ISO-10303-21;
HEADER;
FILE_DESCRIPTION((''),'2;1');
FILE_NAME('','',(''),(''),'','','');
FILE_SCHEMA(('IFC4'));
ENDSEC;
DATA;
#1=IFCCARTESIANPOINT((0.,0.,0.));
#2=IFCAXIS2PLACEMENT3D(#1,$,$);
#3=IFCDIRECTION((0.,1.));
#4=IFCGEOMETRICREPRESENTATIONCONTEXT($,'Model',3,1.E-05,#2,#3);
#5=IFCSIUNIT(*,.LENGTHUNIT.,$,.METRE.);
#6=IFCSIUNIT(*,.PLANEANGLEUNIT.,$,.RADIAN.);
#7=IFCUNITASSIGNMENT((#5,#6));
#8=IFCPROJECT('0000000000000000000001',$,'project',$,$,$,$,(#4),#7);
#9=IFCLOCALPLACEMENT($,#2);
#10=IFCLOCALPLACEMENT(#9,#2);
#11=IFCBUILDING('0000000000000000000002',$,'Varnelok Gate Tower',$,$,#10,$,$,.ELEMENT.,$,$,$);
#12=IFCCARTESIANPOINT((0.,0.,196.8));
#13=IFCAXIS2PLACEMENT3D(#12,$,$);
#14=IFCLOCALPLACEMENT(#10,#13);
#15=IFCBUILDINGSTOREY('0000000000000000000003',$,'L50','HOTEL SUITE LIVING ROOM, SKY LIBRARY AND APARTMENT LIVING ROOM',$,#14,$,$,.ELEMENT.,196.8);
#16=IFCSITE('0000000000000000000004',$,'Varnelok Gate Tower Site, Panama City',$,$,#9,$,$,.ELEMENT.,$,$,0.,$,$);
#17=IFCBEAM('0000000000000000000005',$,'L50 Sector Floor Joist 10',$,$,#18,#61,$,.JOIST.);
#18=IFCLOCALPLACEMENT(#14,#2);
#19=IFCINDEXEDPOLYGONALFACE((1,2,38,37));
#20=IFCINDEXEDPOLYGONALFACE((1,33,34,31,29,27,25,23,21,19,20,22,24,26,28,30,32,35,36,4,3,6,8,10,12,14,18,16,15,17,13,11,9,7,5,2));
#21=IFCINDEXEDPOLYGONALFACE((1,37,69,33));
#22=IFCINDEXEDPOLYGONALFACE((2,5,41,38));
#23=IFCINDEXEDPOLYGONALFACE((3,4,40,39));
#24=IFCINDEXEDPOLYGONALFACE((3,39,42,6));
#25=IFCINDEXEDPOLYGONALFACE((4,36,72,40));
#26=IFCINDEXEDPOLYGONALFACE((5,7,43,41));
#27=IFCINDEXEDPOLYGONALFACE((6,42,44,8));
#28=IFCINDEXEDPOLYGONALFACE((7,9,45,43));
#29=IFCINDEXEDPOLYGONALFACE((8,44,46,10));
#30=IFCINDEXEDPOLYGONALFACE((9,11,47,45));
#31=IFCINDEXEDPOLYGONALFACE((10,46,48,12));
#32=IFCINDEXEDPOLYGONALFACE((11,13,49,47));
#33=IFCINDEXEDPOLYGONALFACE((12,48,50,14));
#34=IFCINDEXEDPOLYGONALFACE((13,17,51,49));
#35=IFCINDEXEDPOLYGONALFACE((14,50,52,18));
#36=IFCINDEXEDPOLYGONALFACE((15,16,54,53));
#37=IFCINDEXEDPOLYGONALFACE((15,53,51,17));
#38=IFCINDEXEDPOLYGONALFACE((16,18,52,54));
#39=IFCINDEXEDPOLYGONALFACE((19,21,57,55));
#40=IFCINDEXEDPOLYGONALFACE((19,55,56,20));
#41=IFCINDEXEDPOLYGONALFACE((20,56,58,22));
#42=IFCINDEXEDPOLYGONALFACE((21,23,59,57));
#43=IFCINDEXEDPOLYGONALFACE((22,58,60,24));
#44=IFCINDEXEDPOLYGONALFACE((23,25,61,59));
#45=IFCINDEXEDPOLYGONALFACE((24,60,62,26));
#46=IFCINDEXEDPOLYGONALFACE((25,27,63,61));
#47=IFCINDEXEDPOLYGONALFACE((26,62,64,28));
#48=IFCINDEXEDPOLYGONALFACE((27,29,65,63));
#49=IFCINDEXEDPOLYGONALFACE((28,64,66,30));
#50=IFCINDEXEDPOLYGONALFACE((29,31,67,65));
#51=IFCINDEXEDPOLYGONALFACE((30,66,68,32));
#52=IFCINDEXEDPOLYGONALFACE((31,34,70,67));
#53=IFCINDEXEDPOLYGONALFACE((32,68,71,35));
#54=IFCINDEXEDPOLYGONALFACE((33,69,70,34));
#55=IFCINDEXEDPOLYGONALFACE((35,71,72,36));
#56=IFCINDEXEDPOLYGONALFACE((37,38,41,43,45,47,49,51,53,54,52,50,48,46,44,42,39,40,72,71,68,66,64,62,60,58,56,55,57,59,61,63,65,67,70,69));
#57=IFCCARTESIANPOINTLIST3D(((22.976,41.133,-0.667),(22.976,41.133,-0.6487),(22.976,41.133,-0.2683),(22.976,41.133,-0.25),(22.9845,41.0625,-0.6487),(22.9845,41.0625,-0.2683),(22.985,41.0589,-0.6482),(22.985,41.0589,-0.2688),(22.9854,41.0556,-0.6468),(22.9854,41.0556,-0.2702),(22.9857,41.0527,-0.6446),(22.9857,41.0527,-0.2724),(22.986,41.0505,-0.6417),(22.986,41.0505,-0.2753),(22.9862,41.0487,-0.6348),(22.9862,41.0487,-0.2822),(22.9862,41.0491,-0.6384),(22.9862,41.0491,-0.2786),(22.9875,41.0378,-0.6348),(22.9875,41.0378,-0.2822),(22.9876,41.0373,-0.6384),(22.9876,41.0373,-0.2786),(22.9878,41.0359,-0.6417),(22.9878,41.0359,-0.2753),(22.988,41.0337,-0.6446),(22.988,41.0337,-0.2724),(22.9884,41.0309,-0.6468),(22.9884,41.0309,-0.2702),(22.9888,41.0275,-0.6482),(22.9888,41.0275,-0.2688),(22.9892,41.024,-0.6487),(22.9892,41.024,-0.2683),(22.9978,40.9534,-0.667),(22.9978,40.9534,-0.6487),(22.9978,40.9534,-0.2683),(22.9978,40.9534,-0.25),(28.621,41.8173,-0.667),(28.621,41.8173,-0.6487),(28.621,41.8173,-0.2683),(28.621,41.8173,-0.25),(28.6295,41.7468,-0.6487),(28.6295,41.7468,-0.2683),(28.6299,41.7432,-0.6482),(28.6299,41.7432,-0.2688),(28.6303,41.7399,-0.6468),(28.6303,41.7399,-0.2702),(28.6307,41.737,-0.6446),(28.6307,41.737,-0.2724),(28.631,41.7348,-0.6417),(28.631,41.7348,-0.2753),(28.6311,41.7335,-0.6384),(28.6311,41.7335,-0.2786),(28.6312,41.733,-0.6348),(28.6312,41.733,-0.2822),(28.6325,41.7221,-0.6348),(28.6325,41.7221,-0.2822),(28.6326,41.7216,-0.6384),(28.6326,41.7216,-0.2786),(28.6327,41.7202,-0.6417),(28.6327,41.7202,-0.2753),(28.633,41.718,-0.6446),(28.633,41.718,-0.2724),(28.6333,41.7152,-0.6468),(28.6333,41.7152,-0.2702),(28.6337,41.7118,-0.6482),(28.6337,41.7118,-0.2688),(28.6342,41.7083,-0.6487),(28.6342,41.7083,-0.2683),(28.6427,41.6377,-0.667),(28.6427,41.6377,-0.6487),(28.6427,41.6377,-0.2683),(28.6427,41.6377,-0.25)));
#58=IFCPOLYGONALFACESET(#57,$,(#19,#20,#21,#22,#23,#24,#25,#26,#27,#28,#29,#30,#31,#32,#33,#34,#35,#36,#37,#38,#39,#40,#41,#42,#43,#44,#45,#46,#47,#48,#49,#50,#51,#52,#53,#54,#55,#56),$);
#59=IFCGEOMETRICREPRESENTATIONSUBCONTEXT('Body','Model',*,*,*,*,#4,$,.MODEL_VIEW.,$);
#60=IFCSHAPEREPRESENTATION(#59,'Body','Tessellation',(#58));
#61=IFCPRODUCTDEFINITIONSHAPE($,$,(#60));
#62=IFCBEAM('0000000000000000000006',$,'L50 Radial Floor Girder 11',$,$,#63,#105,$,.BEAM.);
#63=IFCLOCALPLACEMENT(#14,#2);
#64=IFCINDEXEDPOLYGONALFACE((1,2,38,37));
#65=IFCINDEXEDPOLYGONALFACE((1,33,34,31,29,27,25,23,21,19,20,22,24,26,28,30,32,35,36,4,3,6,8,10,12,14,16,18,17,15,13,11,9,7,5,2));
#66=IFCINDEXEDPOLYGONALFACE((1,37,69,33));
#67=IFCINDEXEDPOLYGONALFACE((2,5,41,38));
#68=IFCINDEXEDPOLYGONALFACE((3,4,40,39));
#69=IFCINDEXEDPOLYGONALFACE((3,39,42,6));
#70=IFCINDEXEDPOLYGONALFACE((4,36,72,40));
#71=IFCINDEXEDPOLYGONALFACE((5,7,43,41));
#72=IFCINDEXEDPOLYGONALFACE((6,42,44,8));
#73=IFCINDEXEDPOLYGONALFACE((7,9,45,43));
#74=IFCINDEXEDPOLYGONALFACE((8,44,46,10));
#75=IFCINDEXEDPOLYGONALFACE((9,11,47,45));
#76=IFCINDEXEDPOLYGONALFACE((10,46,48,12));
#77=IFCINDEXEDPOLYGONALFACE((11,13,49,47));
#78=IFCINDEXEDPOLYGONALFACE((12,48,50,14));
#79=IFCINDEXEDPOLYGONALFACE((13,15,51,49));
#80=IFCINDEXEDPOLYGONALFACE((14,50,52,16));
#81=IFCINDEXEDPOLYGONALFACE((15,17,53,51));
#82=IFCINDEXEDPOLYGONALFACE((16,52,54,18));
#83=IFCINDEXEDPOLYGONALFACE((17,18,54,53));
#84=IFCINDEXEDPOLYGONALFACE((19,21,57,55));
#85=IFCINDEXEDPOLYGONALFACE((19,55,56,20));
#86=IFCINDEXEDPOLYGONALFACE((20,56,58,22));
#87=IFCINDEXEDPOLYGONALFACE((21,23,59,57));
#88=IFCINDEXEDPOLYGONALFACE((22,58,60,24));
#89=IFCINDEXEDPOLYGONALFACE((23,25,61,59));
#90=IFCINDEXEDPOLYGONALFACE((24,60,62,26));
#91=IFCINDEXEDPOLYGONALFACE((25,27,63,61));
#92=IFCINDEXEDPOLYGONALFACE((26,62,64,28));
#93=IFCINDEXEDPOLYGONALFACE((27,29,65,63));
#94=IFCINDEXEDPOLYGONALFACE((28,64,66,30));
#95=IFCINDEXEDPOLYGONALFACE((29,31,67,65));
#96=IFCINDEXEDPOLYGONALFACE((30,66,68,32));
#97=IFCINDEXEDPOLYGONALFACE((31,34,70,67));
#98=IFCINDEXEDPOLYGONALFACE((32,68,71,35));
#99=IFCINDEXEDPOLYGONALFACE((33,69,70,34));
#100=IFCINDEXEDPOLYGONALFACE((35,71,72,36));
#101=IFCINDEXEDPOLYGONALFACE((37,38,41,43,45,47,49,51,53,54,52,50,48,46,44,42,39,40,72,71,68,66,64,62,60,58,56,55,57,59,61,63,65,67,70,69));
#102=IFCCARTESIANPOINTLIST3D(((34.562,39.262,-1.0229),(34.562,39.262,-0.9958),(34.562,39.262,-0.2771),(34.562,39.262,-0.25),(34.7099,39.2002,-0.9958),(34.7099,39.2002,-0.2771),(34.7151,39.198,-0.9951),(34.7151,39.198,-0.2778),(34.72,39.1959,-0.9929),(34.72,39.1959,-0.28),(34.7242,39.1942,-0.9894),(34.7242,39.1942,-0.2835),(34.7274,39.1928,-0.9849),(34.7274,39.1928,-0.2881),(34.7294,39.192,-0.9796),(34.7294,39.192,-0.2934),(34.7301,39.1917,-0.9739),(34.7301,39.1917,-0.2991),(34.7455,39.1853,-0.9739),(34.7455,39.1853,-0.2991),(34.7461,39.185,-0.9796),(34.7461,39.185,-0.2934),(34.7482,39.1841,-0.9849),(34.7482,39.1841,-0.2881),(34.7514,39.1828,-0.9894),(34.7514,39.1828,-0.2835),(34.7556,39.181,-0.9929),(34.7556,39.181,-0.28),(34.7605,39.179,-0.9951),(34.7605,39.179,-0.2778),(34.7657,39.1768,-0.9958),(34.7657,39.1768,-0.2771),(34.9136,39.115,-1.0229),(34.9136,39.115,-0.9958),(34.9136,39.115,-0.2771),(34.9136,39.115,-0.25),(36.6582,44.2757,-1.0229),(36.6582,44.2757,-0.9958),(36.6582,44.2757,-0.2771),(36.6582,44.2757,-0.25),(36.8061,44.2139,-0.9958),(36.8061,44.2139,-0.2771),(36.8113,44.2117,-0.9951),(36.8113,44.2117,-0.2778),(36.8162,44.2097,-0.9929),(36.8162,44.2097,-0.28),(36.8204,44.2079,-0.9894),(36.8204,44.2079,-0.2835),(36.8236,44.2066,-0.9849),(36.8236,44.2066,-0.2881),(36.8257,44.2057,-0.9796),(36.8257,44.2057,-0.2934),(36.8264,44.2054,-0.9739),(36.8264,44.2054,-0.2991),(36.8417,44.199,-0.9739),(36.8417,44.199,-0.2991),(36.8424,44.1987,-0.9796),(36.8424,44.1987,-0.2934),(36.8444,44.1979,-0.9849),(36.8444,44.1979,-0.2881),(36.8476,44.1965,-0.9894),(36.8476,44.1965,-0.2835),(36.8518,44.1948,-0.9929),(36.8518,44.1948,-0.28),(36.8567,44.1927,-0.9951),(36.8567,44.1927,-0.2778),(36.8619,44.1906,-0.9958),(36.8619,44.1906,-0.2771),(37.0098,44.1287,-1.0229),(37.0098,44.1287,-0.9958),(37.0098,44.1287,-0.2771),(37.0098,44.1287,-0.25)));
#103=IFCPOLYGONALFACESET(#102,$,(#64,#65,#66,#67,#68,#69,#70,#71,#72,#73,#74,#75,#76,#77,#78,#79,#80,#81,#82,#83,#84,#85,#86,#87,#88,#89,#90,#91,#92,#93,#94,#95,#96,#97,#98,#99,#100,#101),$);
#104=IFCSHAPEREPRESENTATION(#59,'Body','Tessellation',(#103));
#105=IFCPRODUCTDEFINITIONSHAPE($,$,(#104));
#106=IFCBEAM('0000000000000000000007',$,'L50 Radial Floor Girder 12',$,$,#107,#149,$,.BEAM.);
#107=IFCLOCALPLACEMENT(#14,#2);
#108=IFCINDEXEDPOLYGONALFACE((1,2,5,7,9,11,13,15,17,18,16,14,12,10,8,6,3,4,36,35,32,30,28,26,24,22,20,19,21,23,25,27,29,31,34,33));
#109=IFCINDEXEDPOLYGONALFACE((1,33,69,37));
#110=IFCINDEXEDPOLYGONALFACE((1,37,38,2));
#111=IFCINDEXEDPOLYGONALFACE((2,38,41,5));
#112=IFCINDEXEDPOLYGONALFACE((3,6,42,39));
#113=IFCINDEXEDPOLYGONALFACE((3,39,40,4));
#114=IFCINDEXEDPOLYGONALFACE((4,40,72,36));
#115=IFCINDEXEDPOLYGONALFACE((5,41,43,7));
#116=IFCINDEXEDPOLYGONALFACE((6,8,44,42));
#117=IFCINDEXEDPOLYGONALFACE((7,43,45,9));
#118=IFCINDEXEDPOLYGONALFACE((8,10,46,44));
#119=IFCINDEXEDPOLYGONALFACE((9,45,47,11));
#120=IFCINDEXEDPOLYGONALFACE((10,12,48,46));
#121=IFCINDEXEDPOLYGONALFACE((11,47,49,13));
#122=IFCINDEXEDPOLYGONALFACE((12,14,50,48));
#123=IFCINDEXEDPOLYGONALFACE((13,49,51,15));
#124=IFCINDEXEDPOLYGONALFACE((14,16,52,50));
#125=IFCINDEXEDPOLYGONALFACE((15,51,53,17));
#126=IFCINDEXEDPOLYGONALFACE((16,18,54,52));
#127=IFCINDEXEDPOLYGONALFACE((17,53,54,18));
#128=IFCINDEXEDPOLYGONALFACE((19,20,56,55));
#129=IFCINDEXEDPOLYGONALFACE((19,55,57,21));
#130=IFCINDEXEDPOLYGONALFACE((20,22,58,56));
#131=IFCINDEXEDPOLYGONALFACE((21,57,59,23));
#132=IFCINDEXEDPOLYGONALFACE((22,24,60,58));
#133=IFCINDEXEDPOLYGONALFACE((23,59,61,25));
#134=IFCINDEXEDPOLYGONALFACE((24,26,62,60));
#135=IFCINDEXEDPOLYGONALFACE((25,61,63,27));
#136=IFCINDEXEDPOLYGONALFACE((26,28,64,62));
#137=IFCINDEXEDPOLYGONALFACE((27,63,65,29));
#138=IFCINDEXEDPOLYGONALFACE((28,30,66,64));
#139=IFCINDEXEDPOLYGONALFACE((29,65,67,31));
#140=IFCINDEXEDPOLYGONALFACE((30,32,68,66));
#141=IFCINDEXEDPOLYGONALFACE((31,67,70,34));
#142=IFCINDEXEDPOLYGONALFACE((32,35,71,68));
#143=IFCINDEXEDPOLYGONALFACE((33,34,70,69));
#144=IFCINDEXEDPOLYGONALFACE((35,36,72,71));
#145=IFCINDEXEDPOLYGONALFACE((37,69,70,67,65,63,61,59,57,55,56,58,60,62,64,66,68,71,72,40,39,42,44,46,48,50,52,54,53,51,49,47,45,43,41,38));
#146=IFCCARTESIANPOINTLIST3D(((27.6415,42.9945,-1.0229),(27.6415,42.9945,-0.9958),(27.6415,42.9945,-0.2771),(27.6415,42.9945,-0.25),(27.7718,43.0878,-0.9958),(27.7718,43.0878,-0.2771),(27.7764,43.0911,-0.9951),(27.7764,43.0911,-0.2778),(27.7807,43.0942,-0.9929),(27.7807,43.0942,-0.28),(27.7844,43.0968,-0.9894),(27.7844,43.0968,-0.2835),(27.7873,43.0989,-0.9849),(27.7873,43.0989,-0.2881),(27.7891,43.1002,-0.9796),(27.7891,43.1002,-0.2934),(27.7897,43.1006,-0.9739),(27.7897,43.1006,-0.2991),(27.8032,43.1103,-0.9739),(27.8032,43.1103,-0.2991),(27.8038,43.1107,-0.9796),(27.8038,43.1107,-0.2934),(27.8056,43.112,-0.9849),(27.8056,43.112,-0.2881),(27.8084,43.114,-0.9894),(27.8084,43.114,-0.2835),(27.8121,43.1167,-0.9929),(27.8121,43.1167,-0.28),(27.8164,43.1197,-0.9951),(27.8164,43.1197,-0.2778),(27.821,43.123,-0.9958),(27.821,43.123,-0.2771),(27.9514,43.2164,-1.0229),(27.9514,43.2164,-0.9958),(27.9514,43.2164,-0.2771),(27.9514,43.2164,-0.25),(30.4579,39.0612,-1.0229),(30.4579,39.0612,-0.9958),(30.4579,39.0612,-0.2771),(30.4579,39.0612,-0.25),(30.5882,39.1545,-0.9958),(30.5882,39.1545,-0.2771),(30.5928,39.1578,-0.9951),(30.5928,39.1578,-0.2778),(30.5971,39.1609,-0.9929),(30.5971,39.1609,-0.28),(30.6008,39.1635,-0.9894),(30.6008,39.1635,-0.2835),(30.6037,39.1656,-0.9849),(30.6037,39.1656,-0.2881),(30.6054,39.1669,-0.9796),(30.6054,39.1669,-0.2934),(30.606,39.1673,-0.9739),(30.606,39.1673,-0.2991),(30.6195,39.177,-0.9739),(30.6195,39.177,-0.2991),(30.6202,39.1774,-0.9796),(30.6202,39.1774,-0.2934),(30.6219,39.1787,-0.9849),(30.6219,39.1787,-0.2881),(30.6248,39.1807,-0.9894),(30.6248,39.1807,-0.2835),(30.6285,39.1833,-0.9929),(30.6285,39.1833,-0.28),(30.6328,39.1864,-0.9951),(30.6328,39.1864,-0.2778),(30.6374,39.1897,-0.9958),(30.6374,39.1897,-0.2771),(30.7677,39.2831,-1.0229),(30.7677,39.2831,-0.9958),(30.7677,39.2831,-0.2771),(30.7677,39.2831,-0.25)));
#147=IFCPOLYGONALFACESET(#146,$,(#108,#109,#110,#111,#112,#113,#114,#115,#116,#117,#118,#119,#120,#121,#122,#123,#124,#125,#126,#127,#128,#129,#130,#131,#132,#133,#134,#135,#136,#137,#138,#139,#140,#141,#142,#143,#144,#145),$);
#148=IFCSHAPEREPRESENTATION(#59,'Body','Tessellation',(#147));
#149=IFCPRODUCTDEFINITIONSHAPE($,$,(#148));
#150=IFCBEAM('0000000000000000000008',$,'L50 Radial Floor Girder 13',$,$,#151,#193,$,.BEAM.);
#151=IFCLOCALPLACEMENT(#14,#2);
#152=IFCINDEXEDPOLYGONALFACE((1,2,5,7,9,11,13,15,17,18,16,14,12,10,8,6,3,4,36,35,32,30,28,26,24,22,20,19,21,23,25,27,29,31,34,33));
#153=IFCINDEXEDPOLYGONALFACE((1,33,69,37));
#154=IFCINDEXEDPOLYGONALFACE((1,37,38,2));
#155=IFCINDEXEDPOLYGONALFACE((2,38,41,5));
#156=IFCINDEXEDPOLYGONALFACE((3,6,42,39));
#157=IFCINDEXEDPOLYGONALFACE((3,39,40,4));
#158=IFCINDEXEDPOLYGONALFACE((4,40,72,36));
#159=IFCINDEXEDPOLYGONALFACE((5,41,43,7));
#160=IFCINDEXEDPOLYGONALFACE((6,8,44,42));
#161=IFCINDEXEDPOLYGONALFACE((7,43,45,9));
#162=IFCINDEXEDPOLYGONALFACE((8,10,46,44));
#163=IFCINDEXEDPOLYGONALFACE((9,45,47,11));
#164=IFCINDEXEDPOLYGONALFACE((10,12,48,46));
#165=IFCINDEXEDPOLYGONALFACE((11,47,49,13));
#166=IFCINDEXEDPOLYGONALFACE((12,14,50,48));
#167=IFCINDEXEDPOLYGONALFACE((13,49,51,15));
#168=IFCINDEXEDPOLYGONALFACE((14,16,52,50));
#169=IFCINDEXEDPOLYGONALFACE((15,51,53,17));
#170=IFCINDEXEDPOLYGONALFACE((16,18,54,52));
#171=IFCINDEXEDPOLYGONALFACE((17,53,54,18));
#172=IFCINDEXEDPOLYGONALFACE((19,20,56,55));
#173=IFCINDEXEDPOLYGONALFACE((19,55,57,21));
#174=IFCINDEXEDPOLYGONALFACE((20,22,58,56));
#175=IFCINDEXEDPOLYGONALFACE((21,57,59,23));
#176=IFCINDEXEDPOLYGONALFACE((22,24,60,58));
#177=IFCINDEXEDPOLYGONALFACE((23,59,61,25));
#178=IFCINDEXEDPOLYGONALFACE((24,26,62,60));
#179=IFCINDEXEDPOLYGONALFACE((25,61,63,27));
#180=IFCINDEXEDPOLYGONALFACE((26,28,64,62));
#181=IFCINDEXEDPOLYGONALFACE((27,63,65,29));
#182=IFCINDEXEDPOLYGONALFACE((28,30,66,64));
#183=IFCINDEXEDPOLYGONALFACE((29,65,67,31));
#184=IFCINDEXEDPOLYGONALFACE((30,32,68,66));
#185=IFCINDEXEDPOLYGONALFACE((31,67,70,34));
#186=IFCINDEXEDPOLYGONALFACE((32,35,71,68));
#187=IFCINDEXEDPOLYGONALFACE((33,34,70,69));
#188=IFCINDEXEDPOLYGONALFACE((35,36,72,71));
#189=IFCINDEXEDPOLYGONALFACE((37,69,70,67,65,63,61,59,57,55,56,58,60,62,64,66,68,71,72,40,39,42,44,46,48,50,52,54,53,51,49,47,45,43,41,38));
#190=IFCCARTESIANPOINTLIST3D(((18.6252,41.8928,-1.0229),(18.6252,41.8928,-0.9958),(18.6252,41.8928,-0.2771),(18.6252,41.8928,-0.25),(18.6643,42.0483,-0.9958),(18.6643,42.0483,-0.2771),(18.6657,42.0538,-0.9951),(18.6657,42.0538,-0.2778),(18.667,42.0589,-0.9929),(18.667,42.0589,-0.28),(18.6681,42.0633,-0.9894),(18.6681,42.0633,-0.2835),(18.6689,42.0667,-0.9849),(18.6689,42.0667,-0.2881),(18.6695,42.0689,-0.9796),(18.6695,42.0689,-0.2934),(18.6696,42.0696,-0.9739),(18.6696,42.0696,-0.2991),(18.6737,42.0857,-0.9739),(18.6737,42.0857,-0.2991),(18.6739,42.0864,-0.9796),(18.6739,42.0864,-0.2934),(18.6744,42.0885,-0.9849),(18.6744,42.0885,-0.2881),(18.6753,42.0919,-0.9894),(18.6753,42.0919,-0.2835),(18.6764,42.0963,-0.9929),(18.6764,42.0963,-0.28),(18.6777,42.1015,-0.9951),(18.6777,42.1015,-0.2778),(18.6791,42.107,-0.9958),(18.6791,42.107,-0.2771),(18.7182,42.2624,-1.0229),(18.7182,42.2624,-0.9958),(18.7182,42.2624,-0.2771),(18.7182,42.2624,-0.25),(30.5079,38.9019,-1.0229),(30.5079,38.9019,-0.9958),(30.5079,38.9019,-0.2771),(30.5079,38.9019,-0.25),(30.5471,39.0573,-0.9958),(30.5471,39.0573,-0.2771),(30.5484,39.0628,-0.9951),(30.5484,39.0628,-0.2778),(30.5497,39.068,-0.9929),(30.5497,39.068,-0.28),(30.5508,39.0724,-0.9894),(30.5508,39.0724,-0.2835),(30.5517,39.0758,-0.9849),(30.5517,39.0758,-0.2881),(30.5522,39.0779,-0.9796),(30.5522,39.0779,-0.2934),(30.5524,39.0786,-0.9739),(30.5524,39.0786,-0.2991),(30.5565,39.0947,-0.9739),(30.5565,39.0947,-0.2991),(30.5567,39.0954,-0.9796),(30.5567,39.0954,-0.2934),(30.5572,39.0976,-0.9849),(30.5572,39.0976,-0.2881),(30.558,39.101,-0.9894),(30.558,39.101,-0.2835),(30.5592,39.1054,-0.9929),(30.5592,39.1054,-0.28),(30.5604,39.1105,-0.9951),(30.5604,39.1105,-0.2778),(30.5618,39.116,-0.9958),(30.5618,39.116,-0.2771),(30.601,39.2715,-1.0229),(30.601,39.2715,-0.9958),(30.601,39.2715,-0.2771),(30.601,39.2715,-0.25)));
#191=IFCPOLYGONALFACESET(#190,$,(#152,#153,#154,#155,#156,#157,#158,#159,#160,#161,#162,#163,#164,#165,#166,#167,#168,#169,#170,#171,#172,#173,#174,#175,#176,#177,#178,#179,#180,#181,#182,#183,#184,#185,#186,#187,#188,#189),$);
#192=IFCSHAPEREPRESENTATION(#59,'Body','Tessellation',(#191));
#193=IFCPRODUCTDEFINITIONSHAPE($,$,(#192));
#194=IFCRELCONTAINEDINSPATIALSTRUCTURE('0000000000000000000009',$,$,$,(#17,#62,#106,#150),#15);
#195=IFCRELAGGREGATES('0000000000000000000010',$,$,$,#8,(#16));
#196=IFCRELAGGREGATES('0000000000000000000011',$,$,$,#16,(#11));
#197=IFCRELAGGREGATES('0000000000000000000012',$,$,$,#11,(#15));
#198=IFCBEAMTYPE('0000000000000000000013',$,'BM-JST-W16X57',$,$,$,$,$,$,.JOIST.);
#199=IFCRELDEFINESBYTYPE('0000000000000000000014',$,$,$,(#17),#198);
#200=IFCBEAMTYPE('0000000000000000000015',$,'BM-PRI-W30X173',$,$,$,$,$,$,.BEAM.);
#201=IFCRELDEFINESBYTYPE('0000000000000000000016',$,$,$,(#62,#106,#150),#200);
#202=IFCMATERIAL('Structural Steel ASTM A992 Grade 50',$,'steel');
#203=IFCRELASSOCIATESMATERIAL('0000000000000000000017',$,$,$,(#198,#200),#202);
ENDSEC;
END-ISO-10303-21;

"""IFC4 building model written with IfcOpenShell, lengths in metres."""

from ifc_helpers import new_model, si_unit, direction, frame, origin, origin_2d, place, context, subcontext, project, spatial, i_section, extrude, material, material_profile, profile_set, type_object, element, save


model = new_model("IFC4")

# Units and contexts
model_context = context("Model", 3, precision=1e-05, world=origin(), true_north=direction((0.0, 1.0)))
body_context = subcontext(model_context, "Body", "Model", "MODEL_VIEW")
ifc_project = project(units=[si_unit("LENGTHUNIT", "METRE"), si_unit("PLANEANGLEUNIT", "RADIAN")], contexts=[model_context])

# Site, building, storey
site_placement = place(None, origin())
site = spatial("IfcSite", under=ifc_project, at=site_placement, Name="Varnelok Gate Tower Site, Panama City", CompositionType="ELEMENT", RefElevation=0.0)
building_placement = place(site_placement, origin())
building = spatial("IfcBuilding", under=site, at=building_placement, Name="Varnelok Gate Tower", CompositionType="ELEMENT")
storey_placement = place(building_placement, frame((0.0, 0.0, 196.8)))
storey = spatial("IfcBuildingStorey", under=building, at=storey_placement, Name="L50", Description="HOTEL SUITE LIVING ROOM, SKY LIBRARY AND APARTMENT LIVING ROOM", CompositionType="ELEMENT", Elevation=196.8)

# Shared definitions
ifc_material_1 = material(Name="Structural Steel ASTM A992 Grade 50", Category="steel")

# Beams
ifc_material_profile_1 = material_profile(ifc_material_1, i_section(OverallWidth=0.1809, OverallDepth=0.417, WebThickness=0.011, FlangeThickness=0.0183, FilletRadius=0.0139, at=origin_2d()), Name="W16X57")
ifc_profile_set_1 = profile_set([ifc_material_profile_1], Name="Structural Steel ASTM A992 Grade 50")
beam_type_1 = type_object("IfcBeamType", Name="BM-JST-W16X57", PredefinedType="JOIST", material=ifc_profile_set_1)
beam_1_placement = place(storey_placement, frame((28.6318, 41.7275, -0.4585), z_axis=(-0.992732, -0.120345, 0.0), x_axis=(0.120345, -0.992732, 0.0)))
element("IfcBeam", 1, at=beam_1_placement, inside=storey, type_object=beam_type_1, Name="L50 Sector Floor Joist 10", PredefinedType="JOIST", context=body_context, shape_type="SweptSolid", body=[
    extrude(i_section(OverallWidth=0.1809, OverallDepth=0.417, WebThickness=0.011, FlangeThickness=0.0183, FilletRadius=0.0139, at=origin_2d()), origin(), (0.0, 0.0, 1.0), 5.6863),
])
ifc_material_profile_2 = material_profile(ifc_material_1, i_section(OverallWidth=0.3811, OverallDepth=0.7729, WebThickness=0.0166, FlangeThickness=0.0271, FilletRadius=0.022, at=origin_2d()), Name="W30X173")
ifc_profile_set_2 = profile_set([ifc_material_profile_2], Name="Structural Steel ASTM A992 Grade 50")
beam_type_2 = type_object("IfcBeamType", Name="BM-PRI-W30X173", PredefinedType="BEAM", material=ifc_profile_set_2)
beam_2_placement = place(storey_placement, frame((34.7378, 39.1885, -0.6365), z_axis=(0.385738, 0.922608, 0.0), x_axis=(-0.922608, 0.385738, 0.0)))
element("IfcBeam", 2, at=beam_2_placement, inside=storey, type_object=beam_type_2, Name="L50 Radial Floor Girder 11", PredefinedType="BEAM", context=body_context, shape_type="SweptSolid", body=[
    extrude(i_section(OverallWidth=0.3811, OverallDepth=0.7729, WebThickness=0.0166, FlangeThickness=0.0271, FilletRadius=0.022, at=origin_2d()), origin(), (0.0, 0.0, 1.0), 5.4343),
])
beam_3_placement = place(storey_placement, frame((30.6128, 39.1721, -0.6365), z_axis=(-0.582178, 0.813061, 0.0), x_axis=(-0.813061, -0.582178, 0.0)))
element("IfcBeam", 3, at=beam_3_placement, inside=storey, type_object=beam_type_2, Name="L50 Radial Floor Girder 12", PredefinedType="BEAM", context=body_context, shape_type="SweptSolid", body=[
    extrude(i_section(OverallWidth=0.3811, OverallDepth=0.7729, WebThickness=0.0166, FlangeThickness=0.0271, FilletRadius=0.022, at=origin_2d()), origin(), (0.0, 0.0, 1.0), 4.8376),
])
beam_4_placement = place(storey_placement, frame((30.5544, 39.0867, -0.6365), z_axis=(-0.969752, 0.244092, 0.0), x_axis=(-0.244092, -0.969752, 0.0)))
element("IfcBeam", 4, at=beam_4_placement, inside=storey, type_object=beam_type_2, Name="L50 Radial Floor Girder 13", PredefinedType="BEAM", context=body_context, shape_type="SweptSolid", body=[
    extrude(i_section(OverallWidth=0.3811, OverallDepth=0.7729, WebThickness=0.0166, FlangeThickness=0.0271, FilletRadius=0.022, at=origin_2d()), origin(), (0.0, 0.0, 1.0), 12.2534),
])

save(model, "model.ifc")
